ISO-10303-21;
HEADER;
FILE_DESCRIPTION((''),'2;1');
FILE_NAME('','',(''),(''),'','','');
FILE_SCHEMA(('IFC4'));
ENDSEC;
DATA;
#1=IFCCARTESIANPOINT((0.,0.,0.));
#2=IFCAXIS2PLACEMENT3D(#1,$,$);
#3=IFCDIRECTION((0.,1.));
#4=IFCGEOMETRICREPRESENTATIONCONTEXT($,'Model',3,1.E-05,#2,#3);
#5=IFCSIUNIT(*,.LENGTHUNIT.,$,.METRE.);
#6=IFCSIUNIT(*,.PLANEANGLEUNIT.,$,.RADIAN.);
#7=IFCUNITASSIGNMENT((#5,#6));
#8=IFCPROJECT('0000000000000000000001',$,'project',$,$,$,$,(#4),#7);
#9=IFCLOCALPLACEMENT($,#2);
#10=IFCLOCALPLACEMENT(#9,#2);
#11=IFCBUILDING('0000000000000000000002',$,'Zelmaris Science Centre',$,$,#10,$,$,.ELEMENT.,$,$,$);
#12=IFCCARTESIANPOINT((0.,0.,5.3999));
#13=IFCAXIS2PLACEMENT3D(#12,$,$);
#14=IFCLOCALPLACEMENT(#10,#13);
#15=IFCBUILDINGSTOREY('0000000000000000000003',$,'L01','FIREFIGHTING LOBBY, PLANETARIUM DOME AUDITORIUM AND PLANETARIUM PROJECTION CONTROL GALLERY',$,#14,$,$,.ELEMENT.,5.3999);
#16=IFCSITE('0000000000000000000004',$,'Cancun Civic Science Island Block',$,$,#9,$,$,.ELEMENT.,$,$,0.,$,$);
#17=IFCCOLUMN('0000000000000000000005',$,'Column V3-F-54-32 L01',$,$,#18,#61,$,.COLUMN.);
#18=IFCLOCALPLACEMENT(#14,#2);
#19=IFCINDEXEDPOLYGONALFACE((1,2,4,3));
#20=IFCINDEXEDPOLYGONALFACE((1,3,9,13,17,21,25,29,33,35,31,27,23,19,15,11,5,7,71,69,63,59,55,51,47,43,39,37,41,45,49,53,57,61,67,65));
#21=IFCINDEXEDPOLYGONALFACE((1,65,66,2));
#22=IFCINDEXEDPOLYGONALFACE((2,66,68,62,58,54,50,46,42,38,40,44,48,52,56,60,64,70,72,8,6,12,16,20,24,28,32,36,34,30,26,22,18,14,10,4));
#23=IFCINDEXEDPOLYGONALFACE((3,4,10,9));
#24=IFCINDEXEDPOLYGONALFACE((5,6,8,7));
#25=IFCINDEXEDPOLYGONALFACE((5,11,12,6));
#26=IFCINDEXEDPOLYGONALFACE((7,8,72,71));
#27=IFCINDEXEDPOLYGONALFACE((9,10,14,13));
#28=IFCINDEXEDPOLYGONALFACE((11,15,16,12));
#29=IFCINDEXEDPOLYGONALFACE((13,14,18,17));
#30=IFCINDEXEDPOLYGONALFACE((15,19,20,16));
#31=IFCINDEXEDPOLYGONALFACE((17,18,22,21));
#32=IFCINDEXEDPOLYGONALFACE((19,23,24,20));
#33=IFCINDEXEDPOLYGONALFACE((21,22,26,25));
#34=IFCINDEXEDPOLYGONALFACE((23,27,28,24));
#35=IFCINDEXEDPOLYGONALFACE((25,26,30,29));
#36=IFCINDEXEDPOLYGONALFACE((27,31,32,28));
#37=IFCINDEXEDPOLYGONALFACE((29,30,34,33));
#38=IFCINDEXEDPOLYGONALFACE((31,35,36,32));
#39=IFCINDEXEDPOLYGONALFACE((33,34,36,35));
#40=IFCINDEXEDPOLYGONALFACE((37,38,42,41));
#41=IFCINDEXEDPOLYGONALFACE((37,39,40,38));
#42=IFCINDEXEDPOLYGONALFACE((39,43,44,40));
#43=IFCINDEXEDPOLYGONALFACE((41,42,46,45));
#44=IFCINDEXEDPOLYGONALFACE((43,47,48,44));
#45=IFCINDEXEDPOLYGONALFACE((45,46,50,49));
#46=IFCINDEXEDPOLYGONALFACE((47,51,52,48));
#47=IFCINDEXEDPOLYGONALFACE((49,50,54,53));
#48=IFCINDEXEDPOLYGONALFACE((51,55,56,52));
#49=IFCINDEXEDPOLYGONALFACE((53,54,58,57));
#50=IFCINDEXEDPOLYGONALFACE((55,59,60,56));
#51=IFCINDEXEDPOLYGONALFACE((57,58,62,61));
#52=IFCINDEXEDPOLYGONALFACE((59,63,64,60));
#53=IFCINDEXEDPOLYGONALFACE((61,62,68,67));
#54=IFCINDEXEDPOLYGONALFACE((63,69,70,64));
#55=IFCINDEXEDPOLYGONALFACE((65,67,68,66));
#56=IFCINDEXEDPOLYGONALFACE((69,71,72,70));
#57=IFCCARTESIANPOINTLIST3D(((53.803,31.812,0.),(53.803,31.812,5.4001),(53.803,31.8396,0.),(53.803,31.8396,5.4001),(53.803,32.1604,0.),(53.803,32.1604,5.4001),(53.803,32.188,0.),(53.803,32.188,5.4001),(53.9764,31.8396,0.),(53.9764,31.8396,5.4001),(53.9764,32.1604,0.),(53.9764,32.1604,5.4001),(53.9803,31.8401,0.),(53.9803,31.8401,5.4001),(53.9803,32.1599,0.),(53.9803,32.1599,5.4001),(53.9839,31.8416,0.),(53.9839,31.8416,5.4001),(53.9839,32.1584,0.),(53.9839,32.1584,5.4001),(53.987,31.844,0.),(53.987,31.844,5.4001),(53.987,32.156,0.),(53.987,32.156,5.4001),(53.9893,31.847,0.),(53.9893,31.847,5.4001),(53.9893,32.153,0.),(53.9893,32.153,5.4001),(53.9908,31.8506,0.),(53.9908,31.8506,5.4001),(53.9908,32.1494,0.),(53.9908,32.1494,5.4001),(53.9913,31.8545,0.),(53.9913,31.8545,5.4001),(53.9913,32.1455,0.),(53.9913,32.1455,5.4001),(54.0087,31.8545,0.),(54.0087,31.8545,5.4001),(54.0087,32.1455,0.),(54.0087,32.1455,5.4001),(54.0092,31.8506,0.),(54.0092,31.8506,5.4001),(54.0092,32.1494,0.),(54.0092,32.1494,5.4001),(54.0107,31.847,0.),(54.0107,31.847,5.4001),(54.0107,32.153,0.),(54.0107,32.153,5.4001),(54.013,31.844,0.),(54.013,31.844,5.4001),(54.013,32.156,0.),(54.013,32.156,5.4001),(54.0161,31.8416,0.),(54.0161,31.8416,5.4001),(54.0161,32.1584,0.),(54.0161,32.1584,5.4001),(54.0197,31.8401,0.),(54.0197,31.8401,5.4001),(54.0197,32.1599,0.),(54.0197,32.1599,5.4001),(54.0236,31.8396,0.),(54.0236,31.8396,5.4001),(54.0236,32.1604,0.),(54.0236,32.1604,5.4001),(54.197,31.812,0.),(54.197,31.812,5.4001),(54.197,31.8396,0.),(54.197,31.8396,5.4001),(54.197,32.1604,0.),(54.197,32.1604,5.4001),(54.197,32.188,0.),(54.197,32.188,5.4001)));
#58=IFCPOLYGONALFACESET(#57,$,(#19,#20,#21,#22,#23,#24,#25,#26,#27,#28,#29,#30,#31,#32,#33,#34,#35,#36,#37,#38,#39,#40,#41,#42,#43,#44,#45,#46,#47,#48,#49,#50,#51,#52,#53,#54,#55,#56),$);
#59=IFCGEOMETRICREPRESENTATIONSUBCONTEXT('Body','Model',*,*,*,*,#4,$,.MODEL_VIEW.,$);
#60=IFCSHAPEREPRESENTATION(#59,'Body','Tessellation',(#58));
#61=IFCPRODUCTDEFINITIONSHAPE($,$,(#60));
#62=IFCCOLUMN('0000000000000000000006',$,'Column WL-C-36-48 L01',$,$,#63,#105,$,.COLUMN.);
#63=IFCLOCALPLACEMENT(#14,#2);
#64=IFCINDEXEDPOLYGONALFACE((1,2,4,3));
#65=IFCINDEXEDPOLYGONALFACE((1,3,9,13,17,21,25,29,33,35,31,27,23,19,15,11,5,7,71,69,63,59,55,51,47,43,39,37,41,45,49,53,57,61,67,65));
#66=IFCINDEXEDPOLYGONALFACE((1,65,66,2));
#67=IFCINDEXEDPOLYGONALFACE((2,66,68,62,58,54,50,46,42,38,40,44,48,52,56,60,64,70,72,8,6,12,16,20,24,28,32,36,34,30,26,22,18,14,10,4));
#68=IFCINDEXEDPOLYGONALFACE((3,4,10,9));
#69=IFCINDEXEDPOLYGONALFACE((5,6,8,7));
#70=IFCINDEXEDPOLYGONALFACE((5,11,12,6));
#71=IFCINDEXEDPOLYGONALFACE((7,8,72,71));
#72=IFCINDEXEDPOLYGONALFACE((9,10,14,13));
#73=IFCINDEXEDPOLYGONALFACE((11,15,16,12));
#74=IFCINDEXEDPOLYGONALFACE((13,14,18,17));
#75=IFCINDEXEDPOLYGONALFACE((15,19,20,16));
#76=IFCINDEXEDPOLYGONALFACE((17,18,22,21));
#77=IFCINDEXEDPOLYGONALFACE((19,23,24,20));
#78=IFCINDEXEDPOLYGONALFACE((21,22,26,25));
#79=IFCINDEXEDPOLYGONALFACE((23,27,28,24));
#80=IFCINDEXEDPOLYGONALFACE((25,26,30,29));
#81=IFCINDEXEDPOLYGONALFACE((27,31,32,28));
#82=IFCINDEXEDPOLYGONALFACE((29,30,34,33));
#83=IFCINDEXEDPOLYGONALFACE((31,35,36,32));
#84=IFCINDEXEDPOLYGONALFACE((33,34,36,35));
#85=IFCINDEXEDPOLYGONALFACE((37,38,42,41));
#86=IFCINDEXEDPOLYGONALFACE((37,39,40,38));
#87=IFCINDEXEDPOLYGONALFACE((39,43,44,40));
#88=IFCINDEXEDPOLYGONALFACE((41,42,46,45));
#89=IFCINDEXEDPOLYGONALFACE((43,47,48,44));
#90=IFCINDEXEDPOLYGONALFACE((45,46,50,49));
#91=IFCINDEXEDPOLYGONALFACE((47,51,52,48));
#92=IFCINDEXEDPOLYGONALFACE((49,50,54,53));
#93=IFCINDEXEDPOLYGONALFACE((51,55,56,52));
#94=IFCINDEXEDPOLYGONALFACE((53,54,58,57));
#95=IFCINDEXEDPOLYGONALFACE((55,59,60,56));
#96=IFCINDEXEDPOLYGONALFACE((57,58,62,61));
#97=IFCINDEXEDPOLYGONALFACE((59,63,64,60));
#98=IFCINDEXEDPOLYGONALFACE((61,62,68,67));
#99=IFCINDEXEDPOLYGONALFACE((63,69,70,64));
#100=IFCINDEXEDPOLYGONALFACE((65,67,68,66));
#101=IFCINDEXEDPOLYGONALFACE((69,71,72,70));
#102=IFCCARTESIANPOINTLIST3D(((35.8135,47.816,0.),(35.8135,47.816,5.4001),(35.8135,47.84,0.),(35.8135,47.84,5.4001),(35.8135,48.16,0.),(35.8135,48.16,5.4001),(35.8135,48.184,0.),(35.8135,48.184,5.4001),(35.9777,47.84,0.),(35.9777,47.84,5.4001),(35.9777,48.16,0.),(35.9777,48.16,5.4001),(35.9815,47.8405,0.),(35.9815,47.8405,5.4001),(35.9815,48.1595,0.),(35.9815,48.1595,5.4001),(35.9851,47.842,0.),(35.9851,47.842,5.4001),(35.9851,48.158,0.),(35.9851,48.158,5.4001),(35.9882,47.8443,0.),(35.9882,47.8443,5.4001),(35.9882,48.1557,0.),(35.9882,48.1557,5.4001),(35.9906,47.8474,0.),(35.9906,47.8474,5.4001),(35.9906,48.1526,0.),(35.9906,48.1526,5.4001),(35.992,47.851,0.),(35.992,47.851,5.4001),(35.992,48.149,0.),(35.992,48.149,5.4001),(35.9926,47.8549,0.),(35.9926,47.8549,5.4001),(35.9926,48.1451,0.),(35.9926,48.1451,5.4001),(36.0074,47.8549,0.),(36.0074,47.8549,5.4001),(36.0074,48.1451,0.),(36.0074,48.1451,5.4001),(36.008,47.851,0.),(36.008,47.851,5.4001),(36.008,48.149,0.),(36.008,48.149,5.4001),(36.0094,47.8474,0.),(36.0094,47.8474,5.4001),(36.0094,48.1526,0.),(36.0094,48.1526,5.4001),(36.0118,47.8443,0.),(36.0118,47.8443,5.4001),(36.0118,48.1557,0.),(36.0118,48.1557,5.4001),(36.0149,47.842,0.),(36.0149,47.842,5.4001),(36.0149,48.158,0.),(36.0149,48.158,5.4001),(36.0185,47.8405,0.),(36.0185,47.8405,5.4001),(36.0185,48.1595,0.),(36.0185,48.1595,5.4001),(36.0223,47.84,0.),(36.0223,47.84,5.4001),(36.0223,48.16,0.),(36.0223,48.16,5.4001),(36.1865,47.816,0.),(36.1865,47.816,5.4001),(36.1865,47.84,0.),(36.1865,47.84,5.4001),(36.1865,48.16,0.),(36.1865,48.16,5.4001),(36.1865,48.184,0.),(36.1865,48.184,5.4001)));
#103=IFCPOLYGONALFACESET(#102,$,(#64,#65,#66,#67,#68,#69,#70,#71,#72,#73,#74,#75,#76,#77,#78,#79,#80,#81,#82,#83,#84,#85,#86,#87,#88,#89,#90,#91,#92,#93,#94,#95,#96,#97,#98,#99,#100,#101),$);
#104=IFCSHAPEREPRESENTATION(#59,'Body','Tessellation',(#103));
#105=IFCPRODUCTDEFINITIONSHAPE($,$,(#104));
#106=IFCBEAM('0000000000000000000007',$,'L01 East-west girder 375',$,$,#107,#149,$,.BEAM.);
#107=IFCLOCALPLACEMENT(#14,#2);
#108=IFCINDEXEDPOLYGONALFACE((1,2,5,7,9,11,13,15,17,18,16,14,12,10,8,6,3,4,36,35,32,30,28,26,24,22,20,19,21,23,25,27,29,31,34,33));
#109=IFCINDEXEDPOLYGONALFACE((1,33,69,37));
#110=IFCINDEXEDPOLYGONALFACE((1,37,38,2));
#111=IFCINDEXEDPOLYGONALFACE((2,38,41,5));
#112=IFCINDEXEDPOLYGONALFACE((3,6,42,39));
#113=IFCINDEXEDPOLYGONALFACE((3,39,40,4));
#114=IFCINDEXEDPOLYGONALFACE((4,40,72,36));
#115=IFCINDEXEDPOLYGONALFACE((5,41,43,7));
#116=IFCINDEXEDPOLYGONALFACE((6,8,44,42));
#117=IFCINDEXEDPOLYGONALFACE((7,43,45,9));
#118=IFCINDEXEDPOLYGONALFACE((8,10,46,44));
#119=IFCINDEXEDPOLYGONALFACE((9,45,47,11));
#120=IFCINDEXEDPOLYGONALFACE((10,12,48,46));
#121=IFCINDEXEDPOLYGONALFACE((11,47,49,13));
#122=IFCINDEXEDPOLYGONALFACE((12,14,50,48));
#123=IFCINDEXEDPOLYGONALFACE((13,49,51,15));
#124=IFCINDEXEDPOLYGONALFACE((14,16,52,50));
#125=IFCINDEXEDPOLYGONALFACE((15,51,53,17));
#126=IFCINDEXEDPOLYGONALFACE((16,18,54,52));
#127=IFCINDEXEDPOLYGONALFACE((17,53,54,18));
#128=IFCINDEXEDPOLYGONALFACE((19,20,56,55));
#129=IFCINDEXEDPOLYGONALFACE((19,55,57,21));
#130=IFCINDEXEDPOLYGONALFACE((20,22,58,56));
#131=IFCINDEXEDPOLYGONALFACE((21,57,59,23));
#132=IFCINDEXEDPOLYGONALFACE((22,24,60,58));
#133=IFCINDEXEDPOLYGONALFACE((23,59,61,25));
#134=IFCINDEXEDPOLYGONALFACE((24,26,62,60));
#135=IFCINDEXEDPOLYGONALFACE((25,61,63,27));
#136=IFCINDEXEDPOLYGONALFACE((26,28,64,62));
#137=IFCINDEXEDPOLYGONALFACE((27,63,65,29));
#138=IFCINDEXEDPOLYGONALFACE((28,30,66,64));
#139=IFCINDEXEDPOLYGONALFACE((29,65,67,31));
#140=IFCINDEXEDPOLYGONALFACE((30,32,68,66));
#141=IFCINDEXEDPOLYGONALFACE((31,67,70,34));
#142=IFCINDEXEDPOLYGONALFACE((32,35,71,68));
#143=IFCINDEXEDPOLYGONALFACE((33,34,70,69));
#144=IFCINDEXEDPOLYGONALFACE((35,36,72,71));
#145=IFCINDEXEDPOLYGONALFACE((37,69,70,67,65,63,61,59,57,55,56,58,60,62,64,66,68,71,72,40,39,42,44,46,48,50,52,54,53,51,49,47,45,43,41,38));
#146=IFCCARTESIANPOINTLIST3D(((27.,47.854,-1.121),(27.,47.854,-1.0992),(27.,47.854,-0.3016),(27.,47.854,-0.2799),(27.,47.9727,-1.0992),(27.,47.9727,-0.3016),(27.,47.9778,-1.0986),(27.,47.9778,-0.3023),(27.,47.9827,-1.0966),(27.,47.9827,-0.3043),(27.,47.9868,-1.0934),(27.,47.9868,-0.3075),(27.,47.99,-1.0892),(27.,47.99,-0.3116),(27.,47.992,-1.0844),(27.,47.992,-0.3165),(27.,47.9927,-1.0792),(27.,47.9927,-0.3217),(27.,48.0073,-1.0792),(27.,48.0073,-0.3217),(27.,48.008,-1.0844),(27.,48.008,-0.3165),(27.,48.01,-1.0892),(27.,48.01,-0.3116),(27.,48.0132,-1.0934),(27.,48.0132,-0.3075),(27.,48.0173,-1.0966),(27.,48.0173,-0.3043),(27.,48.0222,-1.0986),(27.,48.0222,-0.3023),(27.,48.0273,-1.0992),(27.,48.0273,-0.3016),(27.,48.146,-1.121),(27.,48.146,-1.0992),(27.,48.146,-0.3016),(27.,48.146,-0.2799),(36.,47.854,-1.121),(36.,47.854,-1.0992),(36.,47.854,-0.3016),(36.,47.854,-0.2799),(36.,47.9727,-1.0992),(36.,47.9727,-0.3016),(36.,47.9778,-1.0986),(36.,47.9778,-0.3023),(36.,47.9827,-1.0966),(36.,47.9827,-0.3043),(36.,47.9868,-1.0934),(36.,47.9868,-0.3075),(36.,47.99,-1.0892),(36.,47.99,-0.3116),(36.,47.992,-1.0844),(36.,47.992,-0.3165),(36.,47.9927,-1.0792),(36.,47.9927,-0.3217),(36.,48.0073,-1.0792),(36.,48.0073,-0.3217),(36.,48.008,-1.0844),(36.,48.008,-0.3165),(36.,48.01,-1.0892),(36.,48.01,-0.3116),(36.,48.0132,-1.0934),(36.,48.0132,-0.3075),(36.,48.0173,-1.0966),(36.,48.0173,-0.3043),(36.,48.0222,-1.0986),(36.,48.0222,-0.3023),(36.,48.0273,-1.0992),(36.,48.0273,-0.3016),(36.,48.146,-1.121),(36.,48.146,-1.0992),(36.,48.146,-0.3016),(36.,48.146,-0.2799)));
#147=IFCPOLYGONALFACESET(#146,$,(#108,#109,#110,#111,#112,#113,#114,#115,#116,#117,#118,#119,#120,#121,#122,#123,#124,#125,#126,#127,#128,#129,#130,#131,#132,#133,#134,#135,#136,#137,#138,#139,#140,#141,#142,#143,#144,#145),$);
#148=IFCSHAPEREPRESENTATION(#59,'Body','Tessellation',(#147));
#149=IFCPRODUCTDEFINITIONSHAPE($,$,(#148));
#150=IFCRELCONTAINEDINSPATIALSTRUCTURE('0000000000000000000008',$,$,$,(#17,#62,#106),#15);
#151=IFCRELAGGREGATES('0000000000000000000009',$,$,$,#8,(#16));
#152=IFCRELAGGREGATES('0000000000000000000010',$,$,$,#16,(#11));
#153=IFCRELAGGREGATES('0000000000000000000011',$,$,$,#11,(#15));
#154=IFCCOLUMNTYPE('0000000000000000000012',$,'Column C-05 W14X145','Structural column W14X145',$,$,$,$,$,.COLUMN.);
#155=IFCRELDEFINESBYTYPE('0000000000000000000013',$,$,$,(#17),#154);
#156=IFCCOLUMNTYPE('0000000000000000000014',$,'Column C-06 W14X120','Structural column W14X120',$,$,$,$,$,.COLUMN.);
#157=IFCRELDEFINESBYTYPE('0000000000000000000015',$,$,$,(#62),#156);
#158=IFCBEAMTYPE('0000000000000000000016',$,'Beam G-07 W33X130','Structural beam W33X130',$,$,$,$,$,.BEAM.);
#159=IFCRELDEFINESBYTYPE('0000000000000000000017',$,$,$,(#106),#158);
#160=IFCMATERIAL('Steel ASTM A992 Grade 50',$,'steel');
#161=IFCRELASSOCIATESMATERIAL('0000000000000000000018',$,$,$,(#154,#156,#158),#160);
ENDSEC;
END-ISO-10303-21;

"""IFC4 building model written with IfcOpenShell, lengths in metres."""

from ifc_helpers import new_model, si_unit, direction, frame, origin, origin_2d, place, context, subcontext, project, spatial, i_section, extrude, material, material_profile, profile_set, type_object, element, save


model = new_model("IFC4")

# Units and contexts
model_context = context("Model", 3, precision=1e-05, world=origin(), true_north=direction((0.0, 1.0)))
body_context = subcontext(model_context, "Body", "Model", "MODEL_VIEW")
ifc_project = project(units=[si_unit("LENGTHUNIT", "METRE"), si_unit("PLANEANGLEUNIT", "RADIAN")], contexts=[model_context])

# Site, building, storey
site_placement = place(None, origin())
site = spatial("IfcSite", under=ifc_project, at=site_placement, Name="Cancun Civic Science Island Block", CompositionType="ELEMENT", RefElevation=0.0)
building_placement = place(site_placement, origin())
building = spatial("IfcBuilding", under=site, at=building_placement, Name="Zelmaris Science Centre", CompositionType="ELEMENT")
storey_placement = place(building_placement, frame((0.0, 0.0, 5.3999)))
storey = spatial("IfcBuildingStorey", under=building, at=storey_placement, Name="L01", Description="FIREFIGHTING LOBBY, PLANETARIUM DOME AUDITORIUM AND PLANETARIUM PROJECTION CONTROL GALLERY", CompositionType="ELEMENT", Elevation=5.3999)

# Columns
ifc_material_1 = material(Name="Steel ASTM A992 Grade 50", Category="steel")
ifc_material_profile_1 = material_profile(ifc_material_1, i_section(OverallWidth=0.394, OverallDepth=0.376, WebThickness=0.0173, FlangeThickness=0.0276, FilletRadius=0.0149, at=origin_2d()), Name="W14X145")
ifc_profile_set_1 = profile_set([ifc_material_profile_1], Name="Steel ASTM A992 Grade 50")
column_type_1 = type_object("IfcColumnType", Name="Column C-05 W14X145", Description="Structural column W14X145", PredefinedType="COLUMN", material=ifc_profile_set_1)
for number, where, z_axis, x_axis, name in (
    (1, (54.0, 32.0, 0.0), (0.0, 0.0, 1.0), (1.0, 0.0, 0.0), "Column V3-F-54-32 L01"),
):
    element("IfcColumn", number, at=place(storey_placement, frame(where, z_axis=z_axis, x_axis=x_axis)), inside=storey, type_object=column_type_1, Name=name, PredefinedType="COLUMN", context=body_context, shape_type="SweptSolid", body=[
        extrude(i_section(OverallWidth=0.394, OverallDepth=0.376, WebThickness=0.0173, FlangeThickness=0.0276, FilletRadius=0.0149, at=origin_2d()), origin(), (0.0, 0.0, 1.0), 5.4001),
    ])
ifc_material_profile_2 = material_profile(ifc_material_1, i_section(OverallWidth=0.373, OverallDepth=0.3679, WebThickness=0.0149, FlangeThickness=0.0239, FilletRadius=0.0149, at=origin_2d()), Name="W14X120")
ifc_profile_set_2 = profile_set([ifc_material_profile_2], Name="Steel ASTM A992 Grade 50")
column_type_2 = type_object("IfcColumnType", Name="Column C-06 W14X120", Description="Structural column W14X120", PredefinedType="COLUMN", material=ifc_profile_set_2)
column_1_placement = place(storey_placement, frame((36.0, 48.0, 0.0), z_axis=(0.0, 0.0, 1.0), x_axis=(1.0, 0.0, 0.0)))
element("IfcColumn", 2, at=column_1_placement, inside=storey, type_object=column_type_2, Name="Column WL-C-36-48 L01", PredefinedType="COLUMN", context=body_context, shape_type="SweptSolid", body=[
    extrude(i_section(OverallWidth=0.373, OverallDepth=0.3679, WebThickness=0.0149, FlangeThickness=0.0239, FilletRadius=0.0149, at=origin_2d()), origin(), (0.0, 0.0, 1.0), 5.4001),
])

# Beam
ifc_material_profile_3 = material_profile(ifc_material_1, i_section(OverallWidth=0.292, OverallDepth=0.8411, WebThickness=0.0146, FlangeThickness=0.0217, FilletRadius=0.02, at=origin_2d()), Name="W33X130")
ifc_profile_set_3 = profile_set([ifc_material_profile_3], Name="Steel ASTM A992 Grade 50")
beam_type_1 = type_object("IfcBeamType", Name="Beam G-07 W33X130", Description="Structural beam W33X130", PredefinedType="BEAM", material=ifc_profile_set_3)
beam_1_placement = place(storey_placement, frame((27.0, 48.0, -0.7004), z_axis=(1.0, 0.0, 0.0), x_axis=(0.0, 1.0, 0.0)))
element("IfcBeam", 3, at=beam_1_placement, inside=storey, type_object=beam_type_1, Name="L01 East-west girder 375", PredefinedType="BEAM", context=body_context, shape_type="SweptSolid", body=[
    extrude(i_section(OverallWidth=0.292, OverallDepth=0.8411, WebThickness=0.0146, FlangeThickness=0.0217, FilletRadius=0.02, at=origin_2d()), origin(), (0.0, 0.0, 1.0), 9.0),
])

save(model, "model.ifc")
